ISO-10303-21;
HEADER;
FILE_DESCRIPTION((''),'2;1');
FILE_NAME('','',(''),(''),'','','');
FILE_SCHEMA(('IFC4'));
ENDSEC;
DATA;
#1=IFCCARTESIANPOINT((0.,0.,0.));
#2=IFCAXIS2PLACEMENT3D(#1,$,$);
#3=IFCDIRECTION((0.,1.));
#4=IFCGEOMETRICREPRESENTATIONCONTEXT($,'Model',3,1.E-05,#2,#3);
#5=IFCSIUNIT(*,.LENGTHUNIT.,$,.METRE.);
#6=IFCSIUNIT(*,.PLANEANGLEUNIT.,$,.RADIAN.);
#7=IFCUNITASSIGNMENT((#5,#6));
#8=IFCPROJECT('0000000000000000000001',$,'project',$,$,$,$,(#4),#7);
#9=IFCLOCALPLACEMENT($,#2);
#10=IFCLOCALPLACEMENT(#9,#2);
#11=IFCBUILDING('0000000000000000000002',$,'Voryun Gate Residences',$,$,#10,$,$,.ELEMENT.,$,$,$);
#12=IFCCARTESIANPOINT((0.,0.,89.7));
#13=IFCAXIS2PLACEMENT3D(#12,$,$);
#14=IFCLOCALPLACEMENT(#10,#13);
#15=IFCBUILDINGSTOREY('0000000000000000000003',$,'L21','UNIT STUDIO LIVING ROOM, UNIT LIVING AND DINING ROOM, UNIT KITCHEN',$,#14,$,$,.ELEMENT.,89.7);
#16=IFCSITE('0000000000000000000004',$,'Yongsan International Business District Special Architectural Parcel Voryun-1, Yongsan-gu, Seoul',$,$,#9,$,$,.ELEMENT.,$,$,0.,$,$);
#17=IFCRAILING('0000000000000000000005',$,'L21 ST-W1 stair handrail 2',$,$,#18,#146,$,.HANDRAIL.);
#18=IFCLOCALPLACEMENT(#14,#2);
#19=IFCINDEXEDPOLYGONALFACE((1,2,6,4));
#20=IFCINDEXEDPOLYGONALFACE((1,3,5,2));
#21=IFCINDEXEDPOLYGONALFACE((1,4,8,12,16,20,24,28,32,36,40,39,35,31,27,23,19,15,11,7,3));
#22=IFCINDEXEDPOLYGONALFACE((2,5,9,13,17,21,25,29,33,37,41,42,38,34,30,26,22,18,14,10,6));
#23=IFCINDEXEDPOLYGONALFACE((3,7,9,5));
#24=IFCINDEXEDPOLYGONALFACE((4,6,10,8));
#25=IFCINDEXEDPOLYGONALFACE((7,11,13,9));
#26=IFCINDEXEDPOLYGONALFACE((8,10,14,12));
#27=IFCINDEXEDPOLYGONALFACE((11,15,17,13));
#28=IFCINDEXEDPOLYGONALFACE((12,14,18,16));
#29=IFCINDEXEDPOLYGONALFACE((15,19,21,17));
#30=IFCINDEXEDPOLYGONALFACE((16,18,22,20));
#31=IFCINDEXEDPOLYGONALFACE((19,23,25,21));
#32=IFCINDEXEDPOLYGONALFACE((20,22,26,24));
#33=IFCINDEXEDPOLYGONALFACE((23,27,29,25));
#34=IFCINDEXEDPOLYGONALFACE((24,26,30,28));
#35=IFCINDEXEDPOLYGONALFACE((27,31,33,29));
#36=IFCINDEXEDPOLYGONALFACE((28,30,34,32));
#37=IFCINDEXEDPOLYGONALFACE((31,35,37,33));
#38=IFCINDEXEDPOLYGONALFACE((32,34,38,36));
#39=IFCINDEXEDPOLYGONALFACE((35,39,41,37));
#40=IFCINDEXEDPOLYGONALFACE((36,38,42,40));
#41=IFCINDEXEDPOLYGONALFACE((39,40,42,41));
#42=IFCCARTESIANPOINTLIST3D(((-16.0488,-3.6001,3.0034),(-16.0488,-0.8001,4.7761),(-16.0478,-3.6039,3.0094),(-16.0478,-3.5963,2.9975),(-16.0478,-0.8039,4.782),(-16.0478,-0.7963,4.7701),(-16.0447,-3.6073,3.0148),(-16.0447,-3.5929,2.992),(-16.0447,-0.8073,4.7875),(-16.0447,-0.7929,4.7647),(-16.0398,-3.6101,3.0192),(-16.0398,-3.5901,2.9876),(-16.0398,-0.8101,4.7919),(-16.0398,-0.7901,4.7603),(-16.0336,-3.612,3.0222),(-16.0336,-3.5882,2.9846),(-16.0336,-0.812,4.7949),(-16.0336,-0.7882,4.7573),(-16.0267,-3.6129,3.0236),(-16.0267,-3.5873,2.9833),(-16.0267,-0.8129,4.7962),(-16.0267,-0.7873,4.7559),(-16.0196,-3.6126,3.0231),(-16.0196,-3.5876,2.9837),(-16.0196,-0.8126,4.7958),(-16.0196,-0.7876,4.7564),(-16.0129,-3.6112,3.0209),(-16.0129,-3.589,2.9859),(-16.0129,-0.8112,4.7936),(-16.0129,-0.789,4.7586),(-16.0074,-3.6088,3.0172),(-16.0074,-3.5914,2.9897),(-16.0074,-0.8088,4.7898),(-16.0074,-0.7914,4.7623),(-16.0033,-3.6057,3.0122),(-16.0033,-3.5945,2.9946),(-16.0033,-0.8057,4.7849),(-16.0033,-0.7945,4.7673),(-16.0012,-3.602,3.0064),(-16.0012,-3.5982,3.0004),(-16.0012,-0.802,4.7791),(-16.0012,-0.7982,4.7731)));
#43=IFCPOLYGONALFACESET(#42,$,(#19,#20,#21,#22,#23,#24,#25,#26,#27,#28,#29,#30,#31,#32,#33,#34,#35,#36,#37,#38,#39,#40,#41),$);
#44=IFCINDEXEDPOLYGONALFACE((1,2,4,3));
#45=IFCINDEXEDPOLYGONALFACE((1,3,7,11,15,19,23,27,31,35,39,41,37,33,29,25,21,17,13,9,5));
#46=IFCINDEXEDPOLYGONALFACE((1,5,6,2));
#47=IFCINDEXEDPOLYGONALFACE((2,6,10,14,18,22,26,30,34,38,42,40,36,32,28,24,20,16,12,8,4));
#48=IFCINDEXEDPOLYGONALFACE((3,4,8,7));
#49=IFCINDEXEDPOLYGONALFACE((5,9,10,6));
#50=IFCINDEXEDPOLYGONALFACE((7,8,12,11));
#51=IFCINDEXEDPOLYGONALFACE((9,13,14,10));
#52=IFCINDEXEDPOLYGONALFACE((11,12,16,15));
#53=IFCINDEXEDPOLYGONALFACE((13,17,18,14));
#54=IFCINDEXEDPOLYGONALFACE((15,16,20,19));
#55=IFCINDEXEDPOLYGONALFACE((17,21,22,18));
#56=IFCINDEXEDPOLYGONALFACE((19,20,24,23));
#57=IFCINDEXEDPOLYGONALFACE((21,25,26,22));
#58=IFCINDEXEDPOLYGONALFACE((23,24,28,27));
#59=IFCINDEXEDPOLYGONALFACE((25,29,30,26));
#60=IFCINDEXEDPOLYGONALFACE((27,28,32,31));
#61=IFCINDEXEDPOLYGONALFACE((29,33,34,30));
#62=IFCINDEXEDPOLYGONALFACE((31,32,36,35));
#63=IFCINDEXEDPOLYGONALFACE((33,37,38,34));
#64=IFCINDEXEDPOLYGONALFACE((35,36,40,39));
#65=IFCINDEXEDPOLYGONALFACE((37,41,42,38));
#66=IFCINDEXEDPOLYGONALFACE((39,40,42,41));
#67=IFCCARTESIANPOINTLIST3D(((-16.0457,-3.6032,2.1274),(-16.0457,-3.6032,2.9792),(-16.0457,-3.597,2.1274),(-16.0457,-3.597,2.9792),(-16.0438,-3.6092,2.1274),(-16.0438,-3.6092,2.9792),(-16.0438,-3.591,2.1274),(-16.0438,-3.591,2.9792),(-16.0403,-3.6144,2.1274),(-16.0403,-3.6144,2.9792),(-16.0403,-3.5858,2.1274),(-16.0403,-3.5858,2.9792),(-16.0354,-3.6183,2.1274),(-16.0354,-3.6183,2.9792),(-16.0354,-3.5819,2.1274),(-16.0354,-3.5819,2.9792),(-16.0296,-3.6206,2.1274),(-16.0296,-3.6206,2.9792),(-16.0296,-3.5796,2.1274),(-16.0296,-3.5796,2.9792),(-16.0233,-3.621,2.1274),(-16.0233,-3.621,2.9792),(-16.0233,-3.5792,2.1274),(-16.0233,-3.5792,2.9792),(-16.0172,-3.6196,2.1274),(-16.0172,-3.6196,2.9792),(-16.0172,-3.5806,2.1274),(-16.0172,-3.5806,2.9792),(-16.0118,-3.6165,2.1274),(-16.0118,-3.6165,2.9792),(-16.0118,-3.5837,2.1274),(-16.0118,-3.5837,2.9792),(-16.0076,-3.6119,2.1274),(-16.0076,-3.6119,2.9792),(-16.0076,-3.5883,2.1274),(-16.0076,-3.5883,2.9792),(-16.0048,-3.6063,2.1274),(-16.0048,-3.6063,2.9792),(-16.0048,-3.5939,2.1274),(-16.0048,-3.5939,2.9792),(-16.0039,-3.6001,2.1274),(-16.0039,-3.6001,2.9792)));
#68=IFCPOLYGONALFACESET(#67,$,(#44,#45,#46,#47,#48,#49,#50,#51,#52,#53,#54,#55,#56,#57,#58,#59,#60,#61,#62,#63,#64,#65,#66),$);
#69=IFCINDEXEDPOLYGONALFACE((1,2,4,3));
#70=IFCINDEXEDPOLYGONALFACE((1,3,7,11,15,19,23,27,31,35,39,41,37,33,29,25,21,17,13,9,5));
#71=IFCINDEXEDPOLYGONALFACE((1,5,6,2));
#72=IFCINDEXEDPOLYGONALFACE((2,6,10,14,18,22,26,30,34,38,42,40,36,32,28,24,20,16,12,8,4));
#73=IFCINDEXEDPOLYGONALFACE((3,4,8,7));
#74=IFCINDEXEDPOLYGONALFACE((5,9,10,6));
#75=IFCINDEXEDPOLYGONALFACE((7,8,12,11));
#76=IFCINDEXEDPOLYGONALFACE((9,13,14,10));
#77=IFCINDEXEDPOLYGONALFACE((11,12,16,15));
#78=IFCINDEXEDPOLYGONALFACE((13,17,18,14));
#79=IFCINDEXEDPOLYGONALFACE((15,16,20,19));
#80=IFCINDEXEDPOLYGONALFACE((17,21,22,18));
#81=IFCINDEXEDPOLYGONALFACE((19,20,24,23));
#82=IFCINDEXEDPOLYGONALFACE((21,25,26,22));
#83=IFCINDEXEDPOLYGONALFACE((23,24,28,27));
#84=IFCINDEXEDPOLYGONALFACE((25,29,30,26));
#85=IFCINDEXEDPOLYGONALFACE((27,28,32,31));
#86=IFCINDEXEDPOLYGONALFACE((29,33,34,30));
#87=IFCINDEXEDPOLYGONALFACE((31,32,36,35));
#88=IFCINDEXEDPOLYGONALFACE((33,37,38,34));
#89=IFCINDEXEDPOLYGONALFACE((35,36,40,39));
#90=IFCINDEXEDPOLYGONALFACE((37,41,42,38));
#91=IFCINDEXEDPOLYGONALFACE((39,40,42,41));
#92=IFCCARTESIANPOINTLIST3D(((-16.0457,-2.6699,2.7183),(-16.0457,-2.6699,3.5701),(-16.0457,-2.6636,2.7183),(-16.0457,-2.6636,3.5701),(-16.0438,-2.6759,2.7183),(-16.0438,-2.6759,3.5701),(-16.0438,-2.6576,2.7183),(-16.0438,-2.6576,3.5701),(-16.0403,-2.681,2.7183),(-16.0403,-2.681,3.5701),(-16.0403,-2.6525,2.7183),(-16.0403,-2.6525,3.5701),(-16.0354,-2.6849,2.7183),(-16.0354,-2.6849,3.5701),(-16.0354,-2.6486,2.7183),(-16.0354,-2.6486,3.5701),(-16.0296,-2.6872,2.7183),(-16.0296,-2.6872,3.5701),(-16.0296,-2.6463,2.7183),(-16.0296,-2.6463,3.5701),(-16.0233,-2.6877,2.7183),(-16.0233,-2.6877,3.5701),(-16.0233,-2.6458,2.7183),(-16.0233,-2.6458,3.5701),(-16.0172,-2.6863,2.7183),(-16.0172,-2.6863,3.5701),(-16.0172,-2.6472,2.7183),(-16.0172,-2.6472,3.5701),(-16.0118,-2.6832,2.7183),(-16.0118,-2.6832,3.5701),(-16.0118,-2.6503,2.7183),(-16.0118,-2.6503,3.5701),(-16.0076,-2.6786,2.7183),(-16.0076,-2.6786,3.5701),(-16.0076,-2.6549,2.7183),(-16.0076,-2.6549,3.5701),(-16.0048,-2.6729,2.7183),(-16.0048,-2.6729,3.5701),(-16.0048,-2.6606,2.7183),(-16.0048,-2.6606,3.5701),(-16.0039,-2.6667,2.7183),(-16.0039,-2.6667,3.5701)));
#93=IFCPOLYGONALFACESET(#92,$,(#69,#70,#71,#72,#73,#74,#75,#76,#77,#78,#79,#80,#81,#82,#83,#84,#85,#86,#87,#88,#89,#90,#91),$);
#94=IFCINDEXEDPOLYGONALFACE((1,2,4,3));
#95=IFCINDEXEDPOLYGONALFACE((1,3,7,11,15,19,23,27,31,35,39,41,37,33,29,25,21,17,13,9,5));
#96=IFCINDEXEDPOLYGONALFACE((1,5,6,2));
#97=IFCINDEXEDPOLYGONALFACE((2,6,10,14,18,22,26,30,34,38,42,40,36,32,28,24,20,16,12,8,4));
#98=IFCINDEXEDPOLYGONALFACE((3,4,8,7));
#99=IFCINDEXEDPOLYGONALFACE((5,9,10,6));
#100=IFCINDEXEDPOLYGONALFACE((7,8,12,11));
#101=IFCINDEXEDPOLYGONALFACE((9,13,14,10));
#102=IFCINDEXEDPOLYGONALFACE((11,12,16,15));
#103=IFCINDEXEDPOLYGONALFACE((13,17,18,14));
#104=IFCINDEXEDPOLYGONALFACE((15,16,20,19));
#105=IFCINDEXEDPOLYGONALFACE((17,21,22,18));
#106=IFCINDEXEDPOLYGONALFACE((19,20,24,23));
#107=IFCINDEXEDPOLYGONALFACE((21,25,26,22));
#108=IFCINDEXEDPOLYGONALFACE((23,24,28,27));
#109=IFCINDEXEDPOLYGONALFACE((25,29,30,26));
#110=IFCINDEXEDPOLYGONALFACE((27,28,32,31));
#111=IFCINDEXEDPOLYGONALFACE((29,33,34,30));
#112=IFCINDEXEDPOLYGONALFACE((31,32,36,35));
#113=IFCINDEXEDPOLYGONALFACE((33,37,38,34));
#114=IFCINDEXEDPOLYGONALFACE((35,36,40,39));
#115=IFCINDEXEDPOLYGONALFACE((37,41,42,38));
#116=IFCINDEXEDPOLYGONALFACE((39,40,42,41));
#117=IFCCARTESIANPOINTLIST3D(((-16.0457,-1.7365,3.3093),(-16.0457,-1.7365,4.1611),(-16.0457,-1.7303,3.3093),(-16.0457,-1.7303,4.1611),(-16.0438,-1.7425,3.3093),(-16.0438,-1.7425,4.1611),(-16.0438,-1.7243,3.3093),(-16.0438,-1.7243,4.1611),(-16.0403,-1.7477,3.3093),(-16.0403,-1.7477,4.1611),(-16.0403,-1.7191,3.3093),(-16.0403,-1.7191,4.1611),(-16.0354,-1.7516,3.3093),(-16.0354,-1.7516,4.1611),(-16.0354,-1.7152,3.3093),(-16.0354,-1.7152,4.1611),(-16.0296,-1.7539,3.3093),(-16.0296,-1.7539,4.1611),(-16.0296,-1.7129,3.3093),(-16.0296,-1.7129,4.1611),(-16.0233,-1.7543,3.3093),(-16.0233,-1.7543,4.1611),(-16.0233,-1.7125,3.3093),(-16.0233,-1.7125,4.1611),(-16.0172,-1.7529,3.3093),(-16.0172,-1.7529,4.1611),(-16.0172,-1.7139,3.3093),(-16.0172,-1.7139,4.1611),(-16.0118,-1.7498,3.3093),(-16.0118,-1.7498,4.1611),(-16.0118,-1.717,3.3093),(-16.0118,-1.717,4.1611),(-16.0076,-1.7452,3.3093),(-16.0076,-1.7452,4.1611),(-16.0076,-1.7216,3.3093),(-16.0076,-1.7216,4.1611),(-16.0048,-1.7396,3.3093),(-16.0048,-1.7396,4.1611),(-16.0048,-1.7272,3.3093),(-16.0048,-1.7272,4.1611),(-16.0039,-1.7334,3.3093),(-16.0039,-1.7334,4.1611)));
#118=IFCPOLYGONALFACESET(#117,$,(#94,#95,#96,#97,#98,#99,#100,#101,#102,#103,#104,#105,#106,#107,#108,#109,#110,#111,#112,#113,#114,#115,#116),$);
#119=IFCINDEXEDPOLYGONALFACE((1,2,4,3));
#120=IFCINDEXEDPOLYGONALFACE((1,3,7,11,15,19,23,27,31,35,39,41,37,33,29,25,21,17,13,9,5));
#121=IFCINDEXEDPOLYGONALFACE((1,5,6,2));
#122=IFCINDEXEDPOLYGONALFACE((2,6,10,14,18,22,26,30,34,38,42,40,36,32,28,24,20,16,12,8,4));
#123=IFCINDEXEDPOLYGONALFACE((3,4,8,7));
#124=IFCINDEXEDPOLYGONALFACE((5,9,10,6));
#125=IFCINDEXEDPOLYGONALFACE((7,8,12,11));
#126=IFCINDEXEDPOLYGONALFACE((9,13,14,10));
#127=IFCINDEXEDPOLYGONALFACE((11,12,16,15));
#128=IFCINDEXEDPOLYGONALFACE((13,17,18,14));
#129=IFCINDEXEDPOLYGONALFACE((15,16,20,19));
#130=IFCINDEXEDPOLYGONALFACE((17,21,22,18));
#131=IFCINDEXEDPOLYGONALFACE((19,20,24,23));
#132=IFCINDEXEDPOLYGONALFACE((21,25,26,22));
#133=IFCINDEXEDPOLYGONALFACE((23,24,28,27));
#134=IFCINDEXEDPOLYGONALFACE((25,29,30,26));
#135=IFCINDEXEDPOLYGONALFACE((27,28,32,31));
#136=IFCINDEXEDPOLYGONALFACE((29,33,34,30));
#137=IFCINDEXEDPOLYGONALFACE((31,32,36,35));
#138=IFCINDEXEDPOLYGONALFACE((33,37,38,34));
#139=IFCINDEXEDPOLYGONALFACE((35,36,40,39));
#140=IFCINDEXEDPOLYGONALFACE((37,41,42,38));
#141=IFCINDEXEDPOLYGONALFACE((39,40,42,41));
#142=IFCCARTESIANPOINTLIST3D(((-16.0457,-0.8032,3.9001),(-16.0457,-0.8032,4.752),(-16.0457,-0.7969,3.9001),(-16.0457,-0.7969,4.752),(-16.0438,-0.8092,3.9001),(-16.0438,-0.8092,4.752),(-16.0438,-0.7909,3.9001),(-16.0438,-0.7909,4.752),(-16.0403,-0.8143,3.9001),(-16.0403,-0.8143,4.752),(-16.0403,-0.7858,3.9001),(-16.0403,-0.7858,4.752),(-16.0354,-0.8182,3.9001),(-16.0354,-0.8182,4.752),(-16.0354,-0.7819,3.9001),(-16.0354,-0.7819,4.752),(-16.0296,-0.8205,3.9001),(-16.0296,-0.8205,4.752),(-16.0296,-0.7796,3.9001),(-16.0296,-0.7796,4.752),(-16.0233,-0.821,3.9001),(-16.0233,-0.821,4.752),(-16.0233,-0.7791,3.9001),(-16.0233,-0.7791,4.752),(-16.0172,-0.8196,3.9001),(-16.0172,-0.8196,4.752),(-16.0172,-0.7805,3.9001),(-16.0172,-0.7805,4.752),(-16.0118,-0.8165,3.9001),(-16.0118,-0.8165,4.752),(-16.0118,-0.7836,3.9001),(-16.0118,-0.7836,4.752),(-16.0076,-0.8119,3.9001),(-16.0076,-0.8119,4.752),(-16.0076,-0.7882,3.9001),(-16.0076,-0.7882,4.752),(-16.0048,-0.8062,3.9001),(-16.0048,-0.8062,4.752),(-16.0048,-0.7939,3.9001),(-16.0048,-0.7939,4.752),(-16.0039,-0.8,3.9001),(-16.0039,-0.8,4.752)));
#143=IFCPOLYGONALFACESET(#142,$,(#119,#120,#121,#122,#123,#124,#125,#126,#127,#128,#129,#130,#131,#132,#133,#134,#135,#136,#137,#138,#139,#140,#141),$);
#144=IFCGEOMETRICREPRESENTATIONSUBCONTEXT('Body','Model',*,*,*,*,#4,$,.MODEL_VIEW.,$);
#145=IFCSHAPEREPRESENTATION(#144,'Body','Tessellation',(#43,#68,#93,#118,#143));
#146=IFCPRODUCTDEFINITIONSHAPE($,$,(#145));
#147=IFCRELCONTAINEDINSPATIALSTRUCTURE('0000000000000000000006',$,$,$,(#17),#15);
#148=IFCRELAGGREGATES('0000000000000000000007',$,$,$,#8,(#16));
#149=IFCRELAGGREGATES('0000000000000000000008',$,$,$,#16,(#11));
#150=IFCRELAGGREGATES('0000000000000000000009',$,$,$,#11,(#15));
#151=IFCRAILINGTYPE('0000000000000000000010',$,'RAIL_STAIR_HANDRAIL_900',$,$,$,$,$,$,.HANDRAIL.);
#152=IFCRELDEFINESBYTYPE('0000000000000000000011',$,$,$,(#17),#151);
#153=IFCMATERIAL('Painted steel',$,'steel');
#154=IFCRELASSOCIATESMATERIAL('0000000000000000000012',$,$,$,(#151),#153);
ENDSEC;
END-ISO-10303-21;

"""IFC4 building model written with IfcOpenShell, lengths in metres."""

from ifc_helpers import new_model, si_unit, direction, frame, origin, origin_2d, place, context, subcontext, project, spatial, circle, extrude, material, type_object, element, save


model = new_model("IFC4")

# Units and contexts
model_context = context("Model", 3, precision=1e-05, world=origin(), true_north=direction((0.0, 1.0)))
body_context = subcontext(model_context, "Body", "Model", "MODEL_VIEW")
ifc_project = project(units=[si_unit("LENGTHUNIT", "METRE"), si_unit("PLANEANGLEUNIT", "RADIAN")], contexts=[model_context])

# Site, building, storey
site_placement = place(None, origin())
site = spatial("IfcSite", under=ifc_project, at=site_placement, Name="Yongsan International Business District Special Architectural Parcel Voryun-1, Yongsan-gu, Seoul", CompositionType="ELEMENT", RefElevation=0.0)
building_placement = place(site_placement, origin())
building = spatial("IfcBuilding", under=site, at=building_placement, Name="Voryun Gate Residences", CompositionType="ELEMENT")
storey_placement = place(building_placement, frame((0.0, 0.0, 89.7)))
storey = spatial("IfcBuildingStorey", under=building, at=storey_placement, Name="L21", Description="UNIT STUDIO LIVING ROOM, UNIT LIVING AND DINING ROOM, UNIT KITCHEN", CompositionType="ELEMENT", Elevation=89.7)

# Railing
ifc_material_1 = material(Name="Painted steel", Category="steel")
railing_type_1 = type_object("IfcRailingType", Name="RAIL_STAIR_HANDRAIL_900", PredefinedType="HANDRAIL", material=ifc_material_1)
railing_1_placement = place(storey_placement, frame((-16.0249, -3.6001, 2.1274)))
element("IfcRailing", 1, at=railing_1_placement, inside=storey, type_object=railing_type_1, Name="L21 ST-W1 stair handrail 2", PredefinedType="HANDRAIL", context=body_context, shape_type="SweptSolid", body=[
    extrude(circle(Radius=0.0239, at=origin_2d()), frame((0.0, 0.0, 0.876), z_axis=(0.0, 0.844909, 0.53491), x_axis=(-1.0, 0.0, 0.0)), (0.0, 0.0, 1.0), 3.314),
    extrude(circle(Radius=0.021, at=origin_2d()), origin(), (0.0, 0.0, 1.0), 0.8518),
    extrude(circle(Radius=0.021, at=origin_2d()), frame((0.0, 0.9333, 0.5908)), (0.0, 0.0, 1.0), 0.8518),
    extrude(circle(Radius=0.021, at=origin_2d()), frame((0.0, 1.8667, 1.1819)), (0.0, 0.0, 1.0), 0.8518),
    extrude(circle(Radius=0.021, at=origin_2d()), frame((0.0, 2.8, 1.7727)), (0.0, 0.0, 1.0), 0.8518),
])

save(model, "model.ifc")
